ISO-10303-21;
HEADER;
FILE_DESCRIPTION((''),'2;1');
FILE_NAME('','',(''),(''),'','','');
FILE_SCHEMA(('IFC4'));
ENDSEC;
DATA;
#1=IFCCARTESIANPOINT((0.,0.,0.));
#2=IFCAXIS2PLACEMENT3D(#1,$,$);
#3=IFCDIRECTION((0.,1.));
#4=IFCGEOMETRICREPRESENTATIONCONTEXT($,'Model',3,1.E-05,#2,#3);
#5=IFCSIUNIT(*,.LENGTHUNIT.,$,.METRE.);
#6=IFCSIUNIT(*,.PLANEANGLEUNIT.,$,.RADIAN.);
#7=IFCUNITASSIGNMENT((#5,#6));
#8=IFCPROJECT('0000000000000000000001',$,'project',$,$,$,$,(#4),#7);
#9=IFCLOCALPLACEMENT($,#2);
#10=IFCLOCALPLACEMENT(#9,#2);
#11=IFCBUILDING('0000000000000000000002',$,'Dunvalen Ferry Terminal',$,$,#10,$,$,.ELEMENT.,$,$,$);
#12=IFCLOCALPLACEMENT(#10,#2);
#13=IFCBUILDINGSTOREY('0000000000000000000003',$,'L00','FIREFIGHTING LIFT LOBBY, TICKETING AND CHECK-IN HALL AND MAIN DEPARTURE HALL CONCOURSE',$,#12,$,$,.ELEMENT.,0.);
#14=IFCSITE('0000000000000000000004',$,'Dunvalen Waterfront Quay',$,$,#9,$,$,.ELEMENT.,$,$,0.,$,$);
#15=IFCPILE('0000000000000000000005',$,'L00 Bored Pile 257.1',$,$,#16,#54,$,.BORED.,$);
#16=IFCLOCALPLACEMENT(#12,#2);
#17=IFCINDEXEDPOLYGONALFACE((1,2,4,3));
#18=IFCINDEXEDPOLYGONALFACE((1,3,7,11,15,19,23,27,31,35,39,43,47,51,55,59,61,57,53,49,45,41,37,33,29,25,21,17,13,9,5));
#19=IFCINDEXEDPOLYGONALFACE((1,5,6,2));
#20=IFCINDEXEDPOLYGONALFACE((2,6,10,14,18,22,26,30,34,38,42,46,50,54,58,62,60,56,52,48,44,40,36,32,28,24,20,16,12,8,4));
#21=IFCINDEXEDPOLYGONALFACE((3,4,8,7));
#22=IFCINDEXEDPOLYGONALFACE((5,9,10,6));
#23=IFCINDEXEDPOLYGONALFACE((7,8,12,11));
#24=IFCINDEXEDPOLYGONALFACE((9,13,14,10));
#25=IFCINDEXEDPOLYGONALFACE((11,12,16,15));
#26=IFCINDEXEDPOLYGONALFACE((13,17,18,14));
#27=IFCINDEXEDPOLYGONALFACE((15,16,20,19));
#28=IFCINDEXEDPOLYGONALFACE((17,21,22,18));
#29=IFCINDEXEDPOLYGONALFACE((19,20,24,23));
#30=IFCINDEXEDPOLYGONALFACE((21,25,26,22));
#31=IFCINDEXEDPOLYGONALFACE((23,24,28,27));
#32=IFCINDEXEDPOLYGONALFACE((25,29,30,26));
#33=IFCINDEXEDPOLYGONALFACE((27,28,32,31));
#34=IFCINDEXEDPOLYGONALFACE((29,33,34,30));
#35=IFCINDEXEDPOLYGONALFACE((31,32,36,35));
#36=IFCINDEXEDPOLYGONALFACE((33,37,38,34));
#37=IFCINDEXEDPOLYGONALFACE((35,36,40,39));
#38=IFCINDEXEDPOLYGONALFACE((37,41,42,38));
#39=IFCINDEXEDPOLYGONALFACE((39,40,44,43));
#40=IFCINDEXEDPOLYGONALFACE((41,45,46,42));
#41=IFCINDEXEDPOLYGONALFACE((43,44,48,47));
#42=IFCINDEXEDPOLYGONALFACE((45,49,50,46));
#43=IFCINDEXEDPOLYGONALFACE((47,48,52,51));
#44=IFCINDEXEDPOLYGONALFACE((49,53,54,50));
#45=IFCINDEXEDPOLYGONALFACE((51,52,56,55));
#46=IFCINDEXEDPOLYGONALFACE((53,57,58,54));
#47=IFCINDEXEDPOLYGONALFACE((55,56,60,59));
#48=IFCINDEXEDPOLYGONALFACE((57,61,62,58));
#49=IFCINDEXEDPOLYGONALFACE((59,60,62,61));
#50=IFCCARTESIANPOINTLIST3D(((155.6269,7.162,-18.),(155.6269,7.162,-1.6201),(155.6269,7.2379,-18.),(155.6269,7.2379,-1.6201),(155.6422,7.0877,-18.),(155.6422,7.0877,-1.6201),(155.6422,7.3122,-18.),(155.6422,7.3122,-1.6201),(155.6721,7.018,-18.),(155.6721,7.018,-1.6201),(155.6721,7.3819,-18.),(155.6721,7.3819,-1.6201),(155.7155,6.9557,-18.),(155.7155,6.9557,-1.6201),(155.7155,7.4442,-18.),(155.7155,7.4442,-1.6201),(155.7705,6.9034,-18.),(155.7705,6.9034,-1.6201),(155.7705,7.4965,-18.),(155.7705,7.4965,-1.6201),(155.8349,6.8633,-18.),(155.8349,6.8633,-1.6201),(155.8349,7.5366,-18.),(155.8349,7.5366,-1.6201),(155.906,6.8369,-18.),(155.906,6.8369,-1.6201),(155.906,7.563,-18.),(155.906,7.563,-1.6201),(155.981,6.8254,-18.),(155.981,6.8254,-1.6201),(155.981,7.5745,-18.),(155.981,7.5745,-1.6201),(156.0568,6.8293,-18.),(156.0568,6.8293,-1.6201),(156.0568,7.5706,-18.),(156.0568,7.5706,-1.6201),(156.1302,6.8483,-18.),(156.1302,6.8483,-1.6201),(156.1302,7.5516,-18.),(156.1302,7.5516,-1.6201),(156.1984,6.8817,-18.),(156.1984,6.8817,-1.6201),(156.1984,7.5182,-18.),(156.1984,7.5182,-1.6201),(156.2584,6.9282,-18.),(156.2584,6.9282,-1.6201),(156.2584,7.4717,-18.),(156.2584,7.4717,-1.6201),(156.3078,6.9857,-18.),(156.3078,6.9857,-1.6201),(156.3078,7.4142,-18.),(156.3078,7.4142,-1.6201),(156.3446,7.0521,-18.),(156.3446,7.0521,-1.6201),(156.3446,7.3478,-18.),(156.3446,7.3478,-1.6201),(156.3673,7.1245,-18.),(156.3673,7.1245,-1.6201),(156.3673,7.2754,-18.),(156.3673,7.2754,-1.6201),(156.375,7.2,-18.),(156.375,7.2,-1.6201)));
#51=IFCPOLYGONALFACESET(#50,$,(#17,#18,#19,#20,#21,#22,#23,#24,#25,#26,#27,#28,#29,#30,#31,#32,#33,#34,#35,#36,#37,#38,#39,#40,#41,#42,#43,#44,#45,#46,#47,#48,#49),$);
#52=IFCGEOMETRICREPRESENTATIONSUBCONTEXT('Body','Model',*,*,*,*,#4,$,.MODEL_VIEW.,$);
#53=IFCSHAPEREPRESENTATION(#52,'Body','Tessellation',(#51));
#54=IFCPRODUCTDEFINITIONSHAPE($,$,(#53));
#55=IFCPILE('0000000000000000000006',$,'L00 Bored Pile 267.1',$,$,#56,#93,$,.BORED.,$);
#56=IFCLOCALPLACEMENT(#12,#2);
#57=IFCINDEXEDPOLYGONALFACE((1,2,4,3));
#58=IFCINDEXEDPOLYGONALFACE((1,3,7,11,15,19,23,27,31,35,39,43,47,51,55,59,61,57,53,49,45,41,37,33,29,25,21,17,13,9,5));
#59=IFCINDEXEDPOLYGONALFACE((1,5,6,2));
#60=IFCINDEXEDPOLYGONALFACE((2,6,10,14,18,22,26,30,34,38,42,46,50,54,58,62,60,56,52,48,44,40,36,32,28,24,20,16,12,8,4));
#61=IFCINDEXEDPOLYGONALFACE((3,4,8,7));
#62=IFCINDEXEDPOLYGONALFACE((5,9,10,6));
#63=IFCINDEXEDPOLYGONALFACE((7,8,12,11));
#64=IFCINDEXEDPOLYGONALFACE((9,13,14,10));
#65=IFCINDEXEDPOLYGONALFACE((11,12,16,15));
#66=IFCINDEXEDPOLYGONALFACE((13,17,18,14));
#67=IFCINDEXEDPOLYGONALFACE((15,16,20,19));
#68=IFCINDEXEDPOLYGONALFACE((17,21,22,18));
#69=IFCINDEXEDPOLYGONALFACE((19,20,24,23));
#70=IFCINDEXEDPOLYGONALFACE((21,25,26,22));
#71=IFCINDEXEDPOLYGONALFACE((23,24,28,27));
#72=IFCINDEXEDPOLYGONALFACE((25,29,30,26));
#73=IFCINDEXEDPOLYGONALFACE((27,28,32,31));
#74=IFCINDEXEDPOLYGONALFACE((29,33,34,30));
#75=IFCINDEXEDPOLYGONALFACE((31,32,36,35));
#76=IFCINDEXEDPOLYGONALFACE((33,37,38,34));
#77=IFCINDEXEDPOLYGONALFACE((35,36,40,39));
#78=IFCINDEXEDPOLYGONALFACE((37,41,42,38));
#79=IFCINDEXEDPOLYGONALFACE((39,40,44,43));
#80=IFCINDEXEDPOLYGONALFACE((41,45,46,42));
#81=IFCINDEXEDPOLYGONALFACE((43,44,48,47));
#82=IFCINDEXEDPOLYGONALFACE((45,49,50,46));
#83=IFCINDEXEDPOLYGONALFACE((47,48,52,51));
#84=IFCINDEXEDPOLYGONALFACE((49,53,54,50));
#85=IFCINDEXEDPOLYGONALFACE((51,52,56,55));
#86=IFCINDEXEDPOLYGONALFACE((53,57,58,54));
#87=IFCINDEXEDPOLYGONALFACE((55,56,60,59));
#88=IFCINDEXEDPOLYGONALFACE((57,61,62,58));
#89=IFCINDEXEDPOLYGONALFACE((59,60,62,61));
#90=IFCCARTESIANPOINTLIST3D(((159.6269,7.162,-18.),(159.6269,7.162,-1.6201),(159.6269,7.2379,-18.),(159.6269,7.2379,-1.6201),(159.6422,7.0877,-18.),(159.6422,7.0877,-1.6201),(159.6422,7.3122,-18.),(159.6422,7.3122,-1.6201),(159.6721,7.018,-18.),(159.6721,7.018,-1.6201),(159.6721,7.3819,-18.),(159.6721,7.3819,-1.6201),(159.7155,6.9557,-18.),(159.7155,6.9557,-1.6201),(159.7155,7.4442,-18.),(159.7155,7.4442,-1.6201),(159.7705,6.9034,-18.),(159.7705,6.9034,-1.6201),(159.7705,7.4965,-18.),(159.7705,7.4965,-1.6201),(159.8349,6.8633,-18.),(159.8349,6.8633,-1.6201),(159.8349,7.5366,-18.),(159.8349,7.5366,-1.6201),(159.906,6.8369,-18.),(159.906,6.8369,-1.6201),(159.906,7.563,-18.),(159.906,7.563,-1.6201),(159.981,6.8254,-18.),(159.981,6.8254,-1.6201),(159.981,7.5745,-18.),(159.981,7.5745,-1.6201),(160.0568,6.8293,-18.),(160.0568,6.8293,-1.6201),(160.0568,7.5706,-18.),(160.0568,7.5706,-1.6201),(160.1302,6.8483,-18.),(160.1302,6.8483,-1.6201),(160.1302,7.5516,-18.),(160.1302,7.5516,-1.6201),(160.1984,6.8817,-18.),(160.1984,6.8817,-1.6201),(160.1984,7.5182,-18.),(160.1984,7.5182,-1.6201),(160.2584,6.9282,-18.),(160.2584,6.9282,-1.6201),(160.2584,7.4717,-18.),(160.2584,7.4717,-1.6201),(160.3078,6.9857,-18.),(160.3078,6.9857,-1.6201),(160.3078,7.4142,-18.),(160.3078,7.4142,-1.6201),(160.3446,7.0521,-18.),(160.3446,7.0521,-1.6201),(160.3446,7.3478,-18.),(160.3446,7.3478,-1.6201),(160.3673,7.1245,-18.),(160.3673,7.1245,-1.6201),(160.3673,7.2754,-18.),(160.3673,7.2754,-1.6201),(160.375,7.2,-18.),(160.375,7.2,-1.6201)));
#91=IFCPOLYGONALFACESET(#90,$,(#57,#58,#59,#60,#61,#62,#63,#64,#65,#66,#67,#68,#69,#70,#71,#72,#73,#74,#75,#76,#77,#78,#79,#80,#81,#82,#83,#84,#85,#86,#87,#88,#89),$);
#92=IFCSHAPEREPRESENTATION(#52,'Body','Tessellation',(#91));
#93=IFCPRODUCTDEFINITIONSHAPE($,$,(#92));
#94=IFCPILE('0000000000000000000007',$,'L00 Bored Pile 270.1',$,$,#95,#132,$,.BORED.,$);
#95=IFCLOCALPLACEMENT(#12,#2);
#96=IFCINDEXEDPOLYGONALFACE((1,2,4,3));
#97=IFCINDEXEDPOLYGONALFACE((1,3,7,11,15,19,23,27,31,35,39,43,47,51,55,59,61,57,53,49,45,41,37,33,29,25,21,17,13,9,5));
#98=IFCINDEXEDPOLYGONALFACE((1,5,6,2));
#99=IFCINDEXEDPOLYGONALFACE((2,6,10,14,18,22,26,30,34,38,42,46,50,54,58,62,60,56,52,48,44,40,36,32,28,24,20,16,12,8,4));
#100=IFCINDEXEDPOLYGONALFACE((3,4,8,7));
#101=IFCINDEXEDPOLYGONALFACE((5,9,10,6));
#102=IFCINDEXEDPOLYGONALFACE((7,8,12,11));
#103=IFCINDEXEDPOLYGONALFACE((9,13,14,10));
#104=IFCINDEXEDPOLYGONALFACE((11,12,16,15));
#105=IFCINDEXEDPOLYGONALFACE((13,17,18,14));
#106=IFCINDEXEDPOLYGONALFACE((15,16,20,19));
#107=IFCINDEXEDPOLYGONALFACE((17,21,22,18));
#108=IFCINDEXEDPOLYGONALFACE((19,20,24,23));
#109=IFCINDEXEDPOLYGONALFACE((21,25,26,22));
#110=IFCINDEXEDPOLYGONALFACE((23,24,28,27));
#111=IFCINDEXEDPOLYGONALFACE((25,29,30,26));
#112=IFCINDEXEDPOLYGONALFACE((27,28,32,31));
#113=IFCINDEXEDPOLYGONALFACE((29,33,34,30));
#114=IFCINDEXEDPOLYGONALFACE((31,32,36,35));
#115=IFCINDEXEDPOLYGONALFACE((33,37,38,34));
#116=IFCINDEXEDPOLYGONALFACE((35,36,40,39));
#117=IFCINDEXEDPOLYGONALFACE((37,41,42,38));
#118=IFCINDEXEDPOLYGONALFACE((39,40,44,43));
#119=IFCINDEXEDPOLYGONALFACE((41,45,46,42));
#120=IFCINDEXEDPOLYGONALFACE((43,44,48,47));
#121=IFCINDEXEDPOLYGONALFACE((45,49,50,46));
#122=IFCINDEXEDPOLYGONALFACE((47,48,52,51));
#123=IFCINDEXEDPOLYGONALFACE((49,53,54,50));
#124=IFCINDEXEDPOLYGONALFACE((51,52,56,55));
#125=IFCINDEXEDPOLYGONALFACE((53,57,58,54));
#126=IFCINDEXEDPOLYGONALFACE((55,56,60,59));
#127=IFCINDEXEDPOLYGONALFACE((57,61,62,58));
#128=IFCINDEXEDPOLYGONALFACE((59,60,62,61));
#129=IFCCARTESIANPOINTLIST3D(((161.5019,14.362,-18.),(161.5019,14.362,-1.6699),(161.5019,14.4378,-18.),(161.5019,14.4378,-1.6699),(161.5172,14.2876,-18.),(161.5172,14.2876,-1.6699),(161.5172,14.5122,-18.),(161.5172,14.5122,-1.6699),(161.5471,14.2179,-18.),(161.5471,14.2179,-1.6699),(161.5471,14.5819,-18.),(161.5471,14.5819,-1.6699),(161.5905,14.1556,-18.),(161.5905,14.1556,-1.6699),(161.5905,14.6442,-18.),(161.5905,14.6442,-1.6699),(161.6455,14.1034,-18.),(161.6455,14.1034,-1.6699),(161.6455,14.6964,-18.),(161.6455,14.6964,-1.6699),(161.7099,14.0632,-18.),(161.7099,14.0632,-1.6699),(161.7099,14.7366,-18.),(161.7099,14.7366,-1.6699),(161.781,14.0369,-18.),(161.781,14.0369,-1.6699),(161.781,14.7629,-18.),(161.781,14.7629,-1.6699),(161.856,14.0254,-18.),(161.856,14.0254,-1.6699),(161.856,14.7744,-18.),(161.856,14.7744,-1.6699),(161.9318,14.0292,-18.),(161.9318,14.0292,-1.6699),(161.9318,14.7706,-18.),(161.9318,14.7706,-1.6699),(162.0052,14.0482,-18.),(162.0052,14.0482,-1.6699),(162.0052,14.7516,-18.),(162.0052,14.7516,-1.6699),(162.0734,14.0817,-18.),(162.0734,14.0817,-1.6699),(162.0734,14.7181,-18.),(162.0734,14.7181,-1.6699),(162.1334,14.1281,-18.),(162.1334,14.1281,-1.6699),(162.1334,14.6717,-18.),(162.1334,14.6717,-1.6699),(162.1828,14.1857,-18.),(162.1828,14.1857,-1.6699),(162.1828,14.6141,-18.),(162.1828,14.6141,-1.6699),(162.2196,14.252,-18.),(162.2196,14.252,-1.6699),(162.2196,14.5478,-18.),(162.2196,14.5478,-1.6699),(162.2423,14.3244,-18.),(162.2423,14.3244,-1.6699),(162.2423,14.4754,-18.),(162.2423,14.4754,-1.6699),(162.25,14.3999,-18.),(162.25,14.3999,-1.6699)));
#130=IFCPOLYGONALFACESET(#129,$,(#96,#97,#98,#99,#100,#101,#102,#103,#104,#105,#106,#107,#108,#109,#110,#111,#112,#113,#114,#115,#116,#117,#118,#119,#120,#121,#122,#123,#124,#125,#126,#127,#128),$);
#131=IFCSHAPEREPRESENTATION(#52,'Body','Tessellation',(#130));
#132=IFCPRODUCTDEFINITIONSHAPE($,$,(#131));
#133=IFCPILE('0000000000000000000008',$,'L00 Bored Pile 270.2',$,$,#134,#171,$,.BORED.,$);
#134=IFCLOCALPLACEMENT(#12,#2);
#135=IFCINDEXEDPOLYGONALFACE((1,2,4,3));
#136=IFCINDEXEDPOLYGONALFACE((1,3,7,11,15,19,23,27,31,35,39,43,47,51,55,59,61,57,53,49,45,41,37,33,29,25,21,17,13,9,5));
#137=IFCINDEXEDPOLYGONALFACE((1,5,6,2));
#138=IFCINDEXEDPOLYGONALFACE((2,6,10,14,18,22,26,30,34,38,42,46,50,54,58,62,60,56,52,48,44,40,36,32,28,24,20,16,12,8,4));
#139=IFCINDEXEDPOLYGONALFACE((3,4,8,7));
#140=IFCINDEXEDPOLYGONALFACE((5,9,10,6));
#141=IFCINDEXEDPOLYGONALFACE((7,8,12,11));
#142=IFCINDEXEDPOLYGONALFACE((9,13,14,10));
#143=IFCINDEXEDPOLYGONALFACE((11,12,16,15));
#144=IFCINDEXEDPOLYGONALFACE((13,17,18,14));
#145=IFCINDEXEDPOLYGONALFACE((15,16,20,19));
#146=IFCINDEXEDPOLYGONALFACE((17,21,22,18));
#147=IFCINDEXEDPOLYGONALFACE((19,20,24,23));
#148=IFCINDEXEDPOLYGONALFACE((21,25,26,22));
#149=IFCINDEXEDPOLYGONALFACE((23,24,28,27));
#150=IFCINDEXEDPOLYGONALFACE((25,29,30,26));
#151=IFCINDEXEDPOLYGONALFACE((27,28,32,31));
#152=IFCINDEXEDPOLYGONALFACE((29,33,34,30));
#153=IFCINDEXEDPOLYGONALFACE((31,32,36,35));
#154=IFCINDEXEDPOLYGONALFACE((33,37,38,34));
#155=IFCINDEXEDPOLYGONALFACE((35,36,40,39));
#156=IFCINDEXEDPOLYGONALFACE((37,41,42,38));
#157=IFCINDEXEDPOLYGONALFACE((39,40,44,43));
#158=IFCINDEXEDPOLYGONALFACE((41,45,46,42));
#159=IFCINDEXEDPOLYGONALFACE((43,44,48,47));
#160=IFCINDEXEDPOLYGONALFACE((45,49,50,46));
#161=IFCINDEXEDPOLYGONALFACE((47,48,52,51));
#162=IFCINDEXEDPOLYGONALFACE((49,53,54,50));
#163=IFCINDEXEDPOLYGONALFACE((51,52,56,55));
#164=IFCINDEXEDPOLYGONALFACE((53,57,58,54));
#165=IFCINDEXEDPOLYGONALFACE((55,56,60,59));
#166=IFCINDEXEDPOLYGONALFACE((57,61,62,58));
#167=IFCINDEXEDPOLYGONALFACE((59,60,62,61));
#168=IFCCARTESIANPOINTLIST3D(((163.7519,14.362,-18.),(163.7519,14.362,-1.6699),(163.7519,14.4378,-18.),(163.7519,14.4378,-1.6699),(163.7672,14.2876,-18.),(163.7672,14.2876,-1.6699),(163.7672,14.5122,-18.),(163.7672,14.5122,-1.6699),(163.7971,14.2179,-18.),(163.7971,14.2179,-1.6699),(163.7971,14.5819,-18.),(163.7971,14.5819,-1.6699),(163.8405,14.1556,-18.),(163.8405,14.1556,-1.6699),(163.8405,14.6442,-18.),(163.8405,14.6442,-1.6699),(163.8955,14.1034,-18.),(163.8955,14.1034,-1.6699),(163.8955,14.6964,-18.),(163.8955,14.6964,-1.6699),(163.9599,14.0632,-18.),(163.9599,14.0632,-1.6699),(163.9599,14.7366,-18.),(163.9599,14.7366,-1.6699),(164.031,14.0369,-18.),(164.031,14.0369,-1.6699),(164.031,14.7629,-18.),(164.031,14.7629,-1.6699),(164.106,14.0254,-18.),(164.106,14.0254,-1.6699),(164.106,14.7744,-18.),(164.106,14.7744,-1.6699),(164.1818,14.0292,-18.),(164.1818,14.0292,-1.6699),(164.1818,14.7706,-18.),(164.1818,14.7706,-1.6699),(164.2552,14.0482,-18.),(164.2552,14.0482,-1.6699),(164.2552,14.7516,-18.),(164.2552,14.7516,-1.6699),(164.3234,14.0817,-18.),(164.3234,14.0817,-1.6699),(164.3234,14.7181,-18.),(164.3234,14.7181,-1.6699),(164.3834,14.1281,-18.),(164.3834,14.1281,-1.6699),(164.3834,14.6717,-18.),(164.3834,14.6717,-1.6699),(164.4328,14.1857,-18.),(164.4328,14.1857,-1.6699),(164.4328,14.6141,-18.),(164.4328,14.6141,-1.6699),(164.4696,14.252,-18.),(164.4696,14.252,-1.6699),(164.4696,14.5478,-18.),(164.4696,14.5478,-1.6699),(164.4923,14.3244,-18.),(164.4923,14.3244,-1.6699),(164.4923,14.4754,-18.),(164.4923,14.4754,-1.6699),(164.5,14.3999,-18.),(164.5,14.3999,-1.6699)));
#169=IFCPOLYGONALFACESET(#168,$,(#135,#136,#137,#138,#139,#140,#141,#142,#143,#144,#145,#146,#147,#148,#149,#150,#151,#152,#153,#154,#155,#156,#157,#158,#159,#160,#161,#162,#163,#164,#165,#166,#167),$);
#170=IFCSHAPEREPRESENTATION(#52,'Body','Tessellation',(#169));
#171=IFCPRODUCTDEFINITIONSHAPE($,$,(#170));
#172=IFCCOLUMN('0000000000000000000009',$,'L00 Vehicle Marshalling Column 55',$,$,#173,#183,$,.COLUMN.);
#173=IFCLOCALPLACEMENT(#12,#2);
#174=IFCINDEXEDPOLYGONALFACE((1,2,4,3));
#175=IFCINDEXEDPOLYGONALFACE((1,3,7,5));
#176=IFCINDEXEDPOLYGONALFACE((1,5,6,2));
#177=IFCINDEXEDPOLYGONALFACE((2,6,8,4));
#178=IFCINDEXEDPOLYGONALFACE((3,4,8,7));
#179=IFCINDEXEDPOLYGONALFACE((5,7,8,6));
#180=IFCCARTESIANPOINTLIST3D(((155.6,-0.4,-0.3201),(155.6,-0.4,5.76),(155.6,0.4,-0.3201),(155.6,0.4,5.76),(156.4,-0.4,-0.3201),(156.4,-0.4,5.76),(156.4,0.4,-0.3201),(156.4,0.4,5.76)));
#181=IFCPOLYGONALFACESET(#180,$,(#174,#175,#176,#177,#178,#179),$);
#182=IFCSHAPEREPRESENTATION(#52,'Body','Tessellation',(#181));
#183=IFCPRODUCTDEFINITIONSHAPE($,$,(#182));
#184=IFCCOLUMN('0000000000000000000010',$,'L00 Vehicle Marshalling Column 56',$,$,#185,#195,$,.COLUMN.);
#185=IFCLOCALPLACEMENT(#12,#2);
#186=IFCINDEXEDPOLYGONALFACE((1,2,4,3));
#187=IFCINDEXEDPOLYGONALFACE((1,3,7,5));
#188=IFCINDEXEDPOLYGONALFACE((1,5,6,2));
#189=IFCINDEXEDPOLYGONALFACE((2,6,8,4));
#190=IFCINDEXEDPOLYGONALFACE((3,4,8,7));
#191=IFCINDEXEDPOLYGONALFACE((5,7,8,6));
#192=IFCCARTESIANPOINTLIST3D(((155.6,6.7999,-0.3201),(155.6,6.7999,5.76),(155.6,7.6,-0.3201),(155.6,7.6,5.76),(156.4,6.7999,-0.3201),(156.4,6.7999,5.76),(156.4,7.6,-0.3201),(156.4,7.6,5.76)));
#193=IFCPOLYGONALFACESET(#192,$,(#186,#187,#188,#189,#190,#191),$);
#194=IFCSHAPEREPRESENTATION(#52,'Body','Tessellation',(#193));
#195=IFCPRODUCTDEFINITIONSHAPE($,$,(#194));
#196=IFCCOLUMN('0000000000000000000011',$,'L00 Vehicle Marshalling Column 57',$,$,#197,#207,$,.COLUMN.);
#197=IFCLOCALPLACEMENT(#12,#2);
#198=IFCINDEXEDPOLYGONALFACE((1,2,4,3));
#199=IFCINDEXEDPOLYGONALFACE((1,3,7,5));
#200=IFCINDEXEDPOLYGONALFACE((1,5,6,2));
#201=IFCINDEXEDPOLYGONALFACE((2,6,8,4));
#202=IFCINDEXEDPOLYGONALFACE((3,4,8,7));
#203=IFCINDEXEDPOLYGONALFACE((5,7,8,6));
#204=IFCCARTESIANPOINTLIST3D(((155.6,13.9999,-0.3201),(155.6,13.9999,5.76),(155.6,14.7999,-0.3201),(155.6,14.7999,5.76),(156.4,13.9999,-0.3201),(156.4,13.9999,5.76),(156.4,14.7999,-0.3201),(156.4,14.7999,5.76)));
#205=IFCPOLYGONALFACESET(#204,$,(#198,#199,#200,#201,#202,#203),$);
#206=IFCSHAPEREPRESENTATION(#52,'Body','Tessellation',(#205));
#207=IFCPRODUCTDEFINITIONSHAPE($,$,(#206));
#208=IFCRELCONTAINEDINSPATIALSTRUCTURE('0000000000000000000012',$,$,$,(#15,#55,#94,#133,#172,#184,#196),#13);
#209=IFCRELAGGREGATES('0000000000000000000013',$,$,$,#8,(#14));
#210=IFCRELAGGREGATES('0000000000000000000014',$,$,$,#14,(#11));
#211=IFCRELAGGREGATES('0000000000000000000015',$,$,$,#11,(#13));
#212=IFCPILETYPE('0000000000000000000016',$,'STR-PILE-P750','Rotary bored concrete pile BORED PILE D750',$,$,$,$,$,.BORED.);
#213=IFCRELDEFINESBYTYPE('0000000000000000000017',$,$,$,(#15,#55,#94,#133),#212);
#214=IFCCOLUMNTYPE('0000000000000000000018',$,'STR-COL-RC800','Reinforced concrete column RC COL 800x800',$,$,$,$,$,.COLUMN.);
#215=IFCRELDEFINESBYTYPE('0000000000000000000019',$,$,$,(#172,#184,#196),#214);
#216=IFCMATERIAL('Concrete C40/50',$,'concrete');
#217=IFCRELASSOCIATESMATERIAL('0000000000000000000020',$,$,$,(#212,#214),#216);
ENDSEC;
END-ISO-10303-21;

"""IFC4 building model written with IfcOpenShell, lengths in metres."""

from ifc_helpers import new_model, si_unit, direction, frame, origin, origin_2d, place, context, subcontext, project, spatial, rectangle, circle, extrude, material, material_profile, profile_set, type_object, element, save


model = new_model("IFC4")

# Units and contexts
model_context = context("Model", 3, precision=1e-05, world=origin(), true_north=direction((0.0, 1.0)))
body_context = subcontext(model_context, "Body", "Model", "MODEL_VIEW")
ifc_project = project(units=[si_unit("LENGTHUNIT", "METRE"), si_unit("PLANEANGLEUNIT", "RADIAN")], contexts=[model_context])

# Site, building, storey
site_placement = place(None, origin())
site = spatial("IfcSite", under=ifc_project, at=site_placement, Name="Dunvalen Waterfront Quay", CompositionType="ELEMENT", RefElevation=0.0)
building_placement = place(site_placement, origin())
building = spatial("IfcBuilding", under=site, at=building_placement, Name="Dunvalen Ferry Terminal", CompositionType="ELEMENT")
storey_placement = place(building_placement, origin())
storey = spatial("IfcBuildingStorey", under=building, at=storey_placement, Name="L00", Description="FIREFIGHTING LIFT LOBBY, TICKETING AND CHECK-IN HALL AND MAIN DEPARTURE HALL CONCOURSE", CompositionType="ELEMENT", Elevation=0.0)

# Shared definitions
ifc_material_1 = material(Name="Concrete C40/50", Category="concrete")

# Piles
ifc_material_profile_1 = material_profile(ifc_material_1, circle(Radius=0.375, at=origin_2d()), Name="Concrete C40/50")
ifc_profile_set_1 = profile_set([ifc_material_profile_1], Name="Concrete C40/50")
pile_type = type_object("IfcPileType", Name="STR-PILE-P750", Description="Rotary bored concrete pile BORED PILE D750", PredefinedType="BORED", material=ifc_profile_set_1)
for number, where, z_axis, x_axis, name in (
    (1, (156.0, 7.2, -1.6201), (0.0, 0.0, -1.0), (1.0, 0.0, 0.0), "L00 Bored Pile 257.1"),
    (2, (160.0, 7.2, -1.6201), (0.0, 0.0, -1.0), (1.0, 0.0, 0.0), "L00 Bored Pile 267.1"),
):
    element("IfcPile", number, at=place(storey_placement, frame(where, z_axis=z_axis, x_axis=x_axis)), inside=storey, type_object=pile_type, Name=name, PredefinedType="BORED", context=body_context, shape_type="SweptSolid", body=[
        extrude(circle(Radius=0.375, at=origin_2d()), origin(), (0.0, 0.0, 1.0), 16.3799),
    ])
for number, where, z_axis, x_axis, name in (
    (3, (161.875, 14.3999, -1.6699), (0.0, 0.0, -1.0), (1.0, 0.0, 0.0), "L00 Bored Pile 270.1"),
    (4, (164.125, 14.3999, -1.6699), (0.0, 0.0, -1.0), (1.0, 0.0, 0.0), "L00 Bored Pile 270.2"),
):
    element("IfcPile", number, at=place(storey_placement, frame(where, z_axis=z_axis, x_axis=x_axis)), inside=storey, type_object=pile_type, Name=name, PredefinedType="BORED", context=body_context, shape_type="SweptSolid", body=[
        extrude(circle(Radius=0.375, at=origin_2d()), origin(), (0.0, 0.0, 1.0), 16.3301),
    ])

# Columns
ifc_material_profile_2 = material_profile(ifc_material_1, rectangle(XDim=0.8, YDim=0.8, at=origin_2d()), Name="Concrete C40/50")
ifc_profile_set_2 = profile_set([ifc_material_profile_2], Name="Concrete C40/50")
column_type = type_object("IfcColumnType", Name="STR-COL-RC800", Description="Reinforced concrete column RC COL 800x800", PredefinedType="COLUMN", material=ifc_profile_set_2)
for number, where, z_axis, x_axis, name in (
    (5, (156.0, 0.0, -0.3201), (0.0, 0.0, 1.0), (1.0, 0.0, 0.0), "L00 Vehicle Marshalling Column 55"),
    (6, (156.0, 7.2, -0.3201), (0.0, 0.0, 1.0), (1.0, 0.0, 0.0), "L00 Vehicle Marshalling Column 56"),
    (7, (156.0, 14.3999, -0.3201), (0.0, 0.0, 1.0), (1.0, 0.0, 0.0), "L00 Vehicle Marshalling Column 57"),
):
    element("IfcColumn", number, at=place(storey_placement, frame(where, z_axis=z_axis, x_axis=x_axis)), inside=storey, type_object=column_type, Name=name, PredefinedType="COLUMN", context=body_context, shape_type="SweptSolid", body=[
        extrude(rectangle(XDim=0.8, YDim=0.8, at=origin_2d()), origin(), (0.0, 0.0, 1.0), 6.0801),
    ])

save(model, "model.ifc")
